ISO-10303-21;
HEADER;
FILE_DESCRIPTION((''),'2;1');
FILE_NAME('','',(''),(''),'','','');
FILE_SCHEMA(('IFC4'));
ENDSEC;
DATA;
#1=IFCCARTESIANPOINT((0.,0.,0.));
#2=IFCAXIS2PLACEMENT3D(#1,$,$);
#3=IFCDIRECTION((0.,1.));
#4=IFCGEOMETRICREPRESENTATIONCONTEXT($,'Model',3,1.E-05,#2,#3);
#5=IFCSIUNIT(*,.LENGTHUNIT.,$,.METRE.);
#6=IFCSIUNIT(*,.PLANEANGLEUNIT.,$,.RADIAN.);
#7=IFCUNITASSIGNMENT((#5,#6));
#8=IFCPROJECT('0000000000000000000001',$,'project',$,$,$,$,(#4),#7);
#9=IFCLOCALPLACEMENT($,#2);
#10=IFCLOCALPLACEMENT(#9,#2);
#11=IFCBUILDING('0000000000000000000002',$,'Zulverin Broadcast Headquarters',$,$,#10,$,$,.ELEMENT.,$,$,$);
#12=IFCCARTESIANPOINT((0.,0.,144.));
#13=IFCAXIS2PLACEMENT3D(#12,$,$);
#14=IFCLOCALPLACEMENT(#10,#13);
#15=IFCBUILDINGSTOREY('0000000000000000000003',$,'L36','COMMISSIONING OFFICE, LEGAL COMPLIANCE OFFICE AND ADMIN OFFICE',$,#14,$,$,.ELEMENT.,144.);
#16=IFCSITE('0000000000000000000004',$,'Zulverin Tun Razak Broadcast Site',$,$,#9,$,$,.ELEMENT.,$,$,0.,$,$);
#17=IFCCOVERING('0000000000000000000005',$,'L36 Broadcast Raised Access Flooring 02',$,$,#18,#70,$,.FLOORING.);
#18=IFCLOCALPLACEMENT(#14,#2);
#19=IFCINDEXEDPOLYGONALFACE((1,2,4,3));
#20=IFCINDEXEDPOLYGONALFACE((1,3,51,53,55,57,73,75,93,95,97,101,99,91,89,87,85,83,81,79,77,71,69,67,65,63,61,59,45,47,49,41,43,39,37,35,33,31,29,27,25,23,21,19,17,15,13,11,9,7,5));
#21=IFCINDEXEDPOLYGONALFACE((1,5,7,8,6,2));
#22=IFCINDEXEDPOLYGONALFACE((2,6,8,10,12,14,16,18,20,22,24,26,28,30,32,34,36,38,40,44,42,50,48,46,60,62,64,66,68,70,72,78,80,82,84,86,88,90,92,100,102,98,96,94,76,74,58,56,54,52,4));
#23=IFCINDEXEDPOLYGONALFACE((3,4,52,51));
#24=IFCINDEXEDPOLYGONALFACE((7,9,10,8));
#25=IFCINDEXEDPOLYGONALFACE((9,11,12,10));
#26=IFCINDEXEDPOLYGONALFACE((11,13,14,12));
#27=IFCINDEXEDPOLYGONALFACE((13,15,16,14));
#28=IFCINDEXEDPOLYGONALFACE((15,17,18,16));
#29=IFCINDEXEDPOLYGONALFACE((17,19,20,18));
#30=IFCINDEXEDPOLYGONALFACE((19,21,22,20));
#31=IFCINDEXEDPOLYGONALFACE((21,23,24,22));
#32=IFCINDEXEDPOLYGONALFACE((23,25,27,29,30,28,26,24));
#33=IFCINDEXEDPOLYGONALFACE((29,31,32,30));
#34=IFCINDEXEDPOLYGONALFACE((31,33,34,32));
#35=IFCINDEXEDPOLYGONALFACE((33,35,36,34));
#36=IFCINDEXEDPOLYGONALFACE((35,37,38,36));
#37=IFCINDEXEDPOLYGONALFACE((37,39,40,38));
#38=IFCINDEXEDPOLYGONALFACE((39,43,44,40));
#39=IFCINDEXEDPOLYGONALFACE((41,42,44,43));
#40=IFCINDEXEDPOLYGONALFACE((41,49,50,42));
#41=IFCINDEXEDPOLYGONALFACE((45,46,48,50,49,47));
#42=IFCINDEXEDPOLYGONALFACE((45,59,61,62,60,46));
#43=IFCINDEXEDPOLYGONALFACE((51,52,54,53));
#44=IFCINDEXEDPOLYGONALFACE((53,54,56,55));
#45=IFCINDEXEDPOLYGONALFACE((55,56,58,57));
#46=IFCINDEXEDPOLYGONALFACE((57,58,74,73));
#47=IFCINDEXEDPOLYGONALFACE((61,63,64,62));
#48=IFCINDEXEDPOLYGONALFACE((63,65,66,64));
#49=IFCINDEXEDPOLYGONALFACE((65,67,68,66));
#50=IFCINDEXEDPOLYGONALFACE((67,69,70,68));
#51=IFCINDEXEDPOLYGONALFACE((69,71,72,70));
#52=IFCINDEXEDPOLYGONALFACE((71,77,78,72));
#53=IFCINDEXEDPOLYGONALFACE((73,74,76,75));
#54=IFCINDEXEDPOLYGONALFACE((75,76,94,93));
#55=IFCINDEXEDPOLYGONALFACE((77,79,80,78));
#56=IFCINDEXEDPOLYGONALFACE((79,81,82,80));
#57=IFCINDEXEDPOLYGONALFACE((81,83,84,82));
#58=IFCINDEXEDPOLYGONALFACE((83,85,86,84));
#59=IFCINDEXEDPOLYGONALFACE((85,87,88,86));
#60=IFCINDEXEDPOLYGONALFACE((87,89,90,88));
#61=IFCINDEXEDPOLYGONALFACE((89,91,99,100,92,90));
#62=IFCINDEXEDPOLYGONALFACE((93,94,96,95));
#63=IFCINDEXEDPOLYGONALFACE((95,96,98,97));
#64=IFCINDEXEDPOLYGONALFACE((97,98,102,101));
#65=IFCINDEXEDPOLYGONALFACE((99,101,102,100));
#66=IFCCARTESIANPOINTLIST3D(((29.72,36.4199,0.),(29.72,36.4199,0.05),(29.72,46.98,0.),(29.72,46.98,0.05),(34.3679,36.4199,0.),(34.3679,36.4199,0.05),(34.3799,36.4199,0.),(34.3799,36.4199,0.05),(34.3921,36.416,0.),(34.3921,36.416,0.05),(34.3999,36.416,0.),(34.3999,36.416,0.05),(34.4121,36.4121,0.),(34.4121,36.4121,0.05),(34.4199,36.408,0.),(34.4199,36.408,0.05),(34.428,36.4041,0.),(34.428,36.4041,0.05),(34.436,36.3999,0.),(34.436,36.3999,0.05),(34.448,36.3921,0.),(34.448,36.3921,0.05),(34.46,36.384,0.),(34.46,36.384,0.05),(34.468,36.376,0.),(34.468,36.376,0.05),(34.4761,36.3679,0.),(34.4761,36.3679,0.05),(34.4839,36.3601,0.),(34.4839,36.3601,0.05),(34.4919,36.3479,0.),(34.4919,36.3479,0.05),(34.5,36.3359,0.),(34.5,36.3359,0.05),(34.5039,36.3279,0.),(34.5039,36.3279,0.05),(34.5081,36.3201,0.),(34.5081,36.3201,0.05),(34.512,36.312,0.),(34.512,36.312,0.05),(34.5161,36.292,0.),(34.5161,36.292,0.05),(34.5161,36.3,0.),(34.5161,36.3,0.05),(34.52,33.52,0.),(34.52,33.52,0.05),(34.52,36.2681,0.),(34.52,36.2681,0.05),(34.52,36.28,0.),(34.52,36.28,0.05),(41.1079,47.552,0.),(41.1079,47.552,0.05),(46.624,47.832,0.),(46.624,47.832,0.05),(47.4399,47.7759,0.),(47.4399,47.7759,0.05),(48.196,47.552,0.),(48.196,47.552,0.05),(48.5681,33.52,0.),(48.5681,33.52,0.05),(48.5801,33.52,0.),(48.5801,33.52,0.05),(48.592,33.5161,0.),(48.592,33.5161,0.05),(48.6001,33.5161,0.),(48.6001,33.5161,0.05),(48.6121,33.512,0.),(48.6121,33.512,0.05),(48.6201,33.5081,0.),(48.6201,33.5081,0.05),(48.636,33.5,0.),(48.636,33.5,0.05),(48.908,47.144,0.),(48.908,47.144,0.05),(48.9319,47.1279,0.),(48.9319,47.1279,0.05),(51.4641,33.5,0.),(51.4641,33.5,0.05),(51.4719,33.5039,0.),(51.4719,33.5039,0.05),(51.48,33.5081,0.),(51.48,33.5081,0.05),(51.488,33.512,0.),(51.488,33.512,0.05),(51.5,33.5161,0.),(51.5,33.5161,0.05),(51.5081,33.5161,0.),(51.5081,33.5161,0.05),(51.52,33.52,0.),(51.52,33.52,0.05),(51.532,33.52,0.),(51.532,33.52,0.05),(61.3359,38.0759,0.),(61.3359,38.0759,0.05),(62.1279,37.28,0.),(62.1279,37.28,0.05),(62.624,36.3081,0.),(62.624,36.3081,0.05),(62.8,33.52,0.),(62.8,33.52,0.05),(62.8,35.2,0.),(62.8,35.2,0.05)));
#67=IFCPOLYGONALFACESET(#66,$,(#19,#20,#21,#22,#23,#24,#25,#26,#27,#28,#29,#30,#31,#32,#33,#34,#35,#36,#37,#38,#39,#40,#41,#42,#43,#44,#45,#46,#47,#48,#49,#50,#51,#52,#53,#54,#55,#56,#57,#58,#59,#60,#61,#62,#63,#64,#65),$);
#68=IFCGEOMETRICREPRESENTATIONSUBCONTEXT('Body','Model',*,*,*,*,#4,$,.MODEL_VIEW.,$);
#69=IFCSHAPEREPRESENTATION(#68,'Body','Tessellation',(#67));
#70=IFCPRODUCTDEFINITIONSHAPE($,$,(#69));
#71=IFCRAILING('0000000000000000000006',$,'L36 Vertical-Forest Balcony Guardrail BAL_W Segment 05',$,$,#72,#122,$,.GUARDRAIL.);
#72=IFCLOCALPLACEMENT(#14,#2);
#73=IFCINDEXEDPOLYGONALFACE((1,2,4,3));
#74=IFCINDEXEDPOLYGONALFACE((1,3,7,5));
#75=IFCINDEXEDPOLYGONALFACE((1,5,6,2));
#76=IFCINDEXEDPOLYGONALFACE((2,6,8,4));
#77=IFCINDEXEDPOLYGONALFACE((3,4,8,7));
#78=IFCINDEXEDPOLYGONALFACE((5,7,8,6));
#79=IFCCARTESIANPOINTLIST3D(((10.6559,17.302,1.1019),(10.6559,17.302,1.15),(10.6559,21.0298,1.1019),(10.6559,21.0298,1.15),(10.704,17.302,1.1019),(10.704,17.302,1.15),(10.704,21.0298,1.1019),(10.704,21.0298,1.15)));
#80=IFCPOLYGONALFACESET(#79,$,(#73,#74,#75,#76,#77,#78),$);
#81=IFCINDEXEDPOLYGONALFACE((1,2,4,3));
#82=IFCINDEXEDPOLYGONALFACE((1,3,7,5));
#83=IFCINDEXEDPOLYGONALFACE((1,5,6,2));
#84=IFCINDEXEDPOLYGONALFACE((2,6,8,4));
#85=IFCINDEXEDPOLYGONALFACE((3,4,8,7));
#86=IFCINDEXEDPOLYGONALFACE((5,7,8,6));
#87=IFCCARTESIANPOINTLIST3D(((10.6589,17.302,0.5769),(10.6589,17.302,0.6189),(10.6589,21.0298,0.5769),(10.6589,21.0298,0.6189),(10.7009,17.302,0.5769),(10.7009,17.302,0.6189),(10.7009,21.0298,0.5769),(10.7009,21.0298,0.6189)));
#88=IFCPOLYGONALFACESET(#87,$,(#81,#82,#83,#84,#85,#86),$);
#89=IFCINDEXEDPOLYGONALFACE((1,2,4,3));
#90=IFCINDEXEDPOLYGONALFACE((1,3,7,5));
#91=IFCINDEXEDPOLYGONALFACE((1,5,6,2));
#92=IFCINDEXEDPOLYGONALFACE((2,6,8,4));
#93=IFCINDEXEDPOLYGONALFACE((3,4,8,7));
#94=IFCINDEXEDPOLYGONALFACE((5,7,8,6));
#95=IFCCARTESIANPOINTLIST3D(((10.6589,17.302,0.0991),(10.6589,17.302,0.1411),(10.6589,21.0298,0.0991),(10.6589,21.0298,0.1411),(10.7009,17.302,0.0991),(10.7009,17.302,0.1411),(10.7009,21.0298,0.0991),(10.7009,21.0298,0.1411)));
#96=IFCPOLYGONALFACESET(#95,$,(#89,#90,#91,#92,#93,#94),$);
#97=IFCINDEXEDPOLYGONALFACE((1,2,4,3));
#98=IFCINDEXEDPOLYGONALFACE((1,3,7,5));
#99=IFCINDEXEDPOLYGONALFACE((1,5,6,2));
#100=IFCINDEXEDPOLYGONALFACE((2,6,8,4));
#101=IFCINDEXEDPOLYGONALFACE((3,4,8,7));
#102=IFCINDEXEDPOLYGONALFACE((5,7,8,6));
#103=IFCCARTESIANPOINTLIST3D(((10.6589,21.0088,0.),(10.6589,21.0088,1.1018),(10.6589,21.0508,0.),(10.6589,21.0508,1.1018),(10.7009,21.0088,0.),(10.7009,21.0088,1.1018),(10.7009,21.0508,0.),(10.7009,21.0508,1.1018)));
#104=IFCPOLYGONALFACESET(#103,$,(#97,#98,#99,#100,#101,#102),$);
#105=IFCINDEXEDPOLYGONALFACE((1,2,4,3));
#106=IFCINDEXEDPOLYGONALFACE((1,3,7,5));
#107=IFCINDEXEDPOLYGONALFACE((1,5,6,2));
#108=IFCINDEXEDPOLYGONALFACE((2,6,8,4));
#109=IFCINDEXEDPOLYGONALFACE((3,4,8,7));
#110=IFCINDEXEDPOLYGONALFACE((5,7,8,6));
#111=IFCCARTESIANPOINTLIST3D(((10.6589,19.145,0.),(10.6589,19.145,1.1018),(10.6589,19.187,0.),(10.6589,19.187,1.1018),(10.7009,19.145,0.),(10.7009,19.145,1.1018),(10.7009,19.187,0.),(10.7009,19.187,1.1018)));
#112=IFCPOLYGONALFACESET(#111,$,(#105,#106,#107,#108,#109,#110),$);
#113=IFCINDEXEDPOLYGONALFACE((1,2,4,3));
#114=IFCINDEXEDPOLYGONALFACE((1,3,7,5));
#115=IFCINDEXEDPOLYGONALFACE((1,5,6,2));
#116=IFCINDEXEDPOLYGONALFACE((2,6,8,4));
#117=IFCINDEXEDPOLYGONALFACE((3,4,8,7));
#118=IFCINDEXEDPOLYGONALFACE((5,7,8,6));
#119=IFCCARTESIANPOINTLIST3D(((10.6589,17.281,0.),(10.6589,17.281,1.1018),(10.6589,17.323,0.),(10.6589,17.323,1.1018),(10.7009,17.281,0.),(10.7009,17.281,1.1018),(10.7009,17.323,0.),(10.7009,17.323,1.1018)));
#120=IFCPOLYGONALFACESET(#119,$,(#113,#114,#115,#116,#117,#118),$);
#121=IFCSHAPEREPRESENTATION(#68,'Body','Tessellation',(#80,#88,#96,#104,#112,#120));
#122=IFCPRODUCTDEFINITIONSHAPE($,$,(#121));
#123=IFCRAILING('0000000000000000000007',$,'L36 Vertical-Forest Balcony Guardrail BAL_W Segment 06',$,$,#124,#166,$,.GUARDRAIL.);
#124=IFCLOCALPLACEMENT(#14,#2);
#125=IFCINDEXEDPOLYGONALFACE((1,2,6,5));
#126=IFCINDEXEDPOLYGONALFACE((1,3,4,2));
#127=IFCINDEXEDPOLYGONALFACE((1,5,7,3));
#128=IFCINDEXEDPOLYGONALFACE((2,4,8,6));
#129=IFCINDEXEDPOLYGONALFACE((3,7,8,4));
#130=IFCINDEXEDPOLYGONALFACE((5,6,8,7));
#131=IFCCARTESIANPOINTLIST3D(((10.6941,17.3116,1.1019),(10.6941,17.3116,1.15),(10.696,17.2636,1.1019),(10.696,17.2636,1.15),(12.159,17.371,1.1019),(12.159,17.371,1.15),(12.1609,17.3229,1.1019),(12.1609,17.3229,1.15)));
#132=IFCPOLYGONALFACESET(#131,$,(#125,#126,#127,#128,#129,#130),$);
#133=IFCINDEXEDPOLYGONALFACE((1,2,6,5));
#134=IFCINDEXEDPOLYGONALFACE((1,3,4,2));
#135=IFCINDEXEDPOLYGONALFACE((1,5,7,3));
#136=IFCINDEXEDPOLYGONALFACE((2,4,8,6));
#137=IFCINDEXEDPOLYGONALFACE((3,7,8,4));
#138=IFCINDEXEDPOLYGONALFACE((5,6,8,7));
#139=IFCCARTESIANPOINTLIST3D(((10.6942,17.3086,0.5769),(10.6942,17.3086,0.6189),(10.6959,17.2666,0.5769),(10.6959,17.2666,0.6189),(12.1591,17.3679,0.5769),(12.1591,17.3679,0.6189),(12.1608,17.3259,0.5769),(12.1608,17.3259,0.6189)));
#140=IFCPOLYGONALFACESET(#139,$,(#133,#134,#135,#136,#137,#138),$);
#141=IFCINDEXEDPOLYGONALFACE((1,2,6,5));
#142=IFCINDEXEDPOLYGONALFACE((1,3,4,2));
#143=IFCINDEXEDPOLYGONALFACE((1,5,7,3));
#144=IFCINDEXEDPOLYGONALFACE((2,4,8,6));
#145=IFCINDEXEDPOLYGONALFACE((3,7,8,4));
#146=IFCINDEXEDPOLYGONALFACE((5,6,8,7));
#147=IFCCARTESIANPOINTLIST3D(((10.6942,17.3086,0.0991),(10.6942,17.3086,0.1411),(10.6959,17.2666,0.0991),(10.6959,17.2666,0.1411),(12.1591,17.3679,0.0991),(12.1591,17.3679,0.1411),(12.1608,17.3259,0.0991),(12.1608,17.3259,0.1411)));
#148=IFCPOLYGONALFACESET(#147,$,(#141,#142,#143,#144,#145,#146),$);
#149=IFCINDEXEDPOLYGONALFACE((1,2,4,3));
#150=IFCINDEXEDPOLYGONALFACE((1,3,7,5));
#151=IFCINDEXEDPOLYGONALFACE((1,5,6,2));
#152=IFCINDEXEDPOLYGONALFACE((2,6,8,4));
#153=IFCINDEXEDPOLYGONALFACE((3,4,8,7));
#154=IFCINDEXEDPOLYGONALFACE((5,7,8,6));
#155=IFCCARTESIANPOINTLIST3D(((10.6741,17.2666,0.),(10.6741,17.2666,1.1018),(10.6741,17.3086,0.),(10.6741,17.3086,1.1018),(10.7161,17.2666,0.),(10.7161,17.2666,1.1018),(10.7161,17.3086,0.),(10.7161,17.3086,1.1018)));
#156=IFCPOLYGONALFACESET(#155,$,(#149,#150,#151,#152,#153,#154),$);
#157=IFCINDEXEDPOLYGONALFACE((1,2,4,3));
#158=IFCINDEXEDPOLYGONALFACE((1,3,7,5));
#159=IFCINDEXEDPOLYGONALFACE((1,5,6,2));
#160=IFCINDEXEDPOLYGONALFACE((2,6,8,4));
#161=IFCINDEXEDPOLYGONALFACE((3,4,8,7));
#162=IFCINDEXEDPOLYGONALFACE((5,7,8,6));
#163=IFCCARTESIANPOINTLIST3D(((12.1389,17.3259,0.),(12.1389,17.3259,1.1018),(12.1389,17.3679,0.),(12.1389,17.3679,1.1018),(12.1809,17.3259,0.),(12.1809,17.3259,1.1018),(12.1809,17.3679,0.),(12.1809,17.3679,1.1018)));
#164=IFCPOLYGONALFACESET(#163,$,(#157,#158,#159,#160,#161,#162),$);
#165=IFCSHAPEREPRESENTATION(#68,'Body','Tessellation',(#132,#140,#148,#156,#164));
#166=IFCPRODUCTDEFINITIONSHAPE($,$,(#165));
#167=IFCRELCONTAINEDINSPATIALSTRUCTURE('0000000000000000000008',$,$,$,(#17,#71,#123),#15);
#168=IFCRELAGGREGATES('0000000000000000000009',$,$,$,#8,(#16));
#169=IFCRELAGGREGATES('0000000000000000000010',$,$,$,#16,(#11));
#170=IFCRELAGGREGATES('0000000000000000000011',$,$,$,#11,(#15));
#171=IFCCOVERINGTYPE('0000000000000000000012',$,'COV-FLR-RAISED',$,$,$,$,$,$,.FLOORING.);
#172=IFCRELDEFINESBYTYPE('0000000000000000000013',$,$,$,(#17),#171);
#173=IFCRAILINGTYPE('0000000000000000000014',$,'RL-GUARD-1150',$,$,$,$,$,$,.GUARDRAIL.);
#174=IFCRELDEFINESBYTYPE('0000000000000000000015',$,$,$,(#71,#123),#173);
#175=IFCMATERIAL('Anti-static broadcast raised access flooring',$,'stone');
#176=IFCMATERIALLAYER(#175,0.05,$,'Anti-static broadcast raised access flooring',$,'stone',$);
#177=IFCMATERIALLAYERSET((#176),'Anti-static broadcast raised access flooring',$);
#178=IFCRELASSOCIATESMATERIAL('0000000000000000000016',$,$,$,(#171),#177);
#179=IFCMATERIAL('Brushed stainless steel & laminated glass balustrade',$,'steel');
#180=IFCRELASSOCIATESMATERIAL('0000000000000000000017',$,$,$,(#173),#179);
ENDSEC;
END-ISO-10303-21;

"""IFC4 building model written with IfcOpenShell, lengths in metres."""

from ifc_helpers import new_model, si_unit, direction, frame, origin, origin_2d, place, context, subcontext, project, spatial, polyline, rectangle, outline, extrude, material, layer, layer_set, type_object, element, save


model = new_model("IFC4")

# Units and contexts
model_context = context("Model", 3, precision=1e-05, world=origin(), true_north=direction((0.0, 1.0)))
body_context = subcontext(model_context, "Body", "Model", "MODEL_VIEW")
ifc_project = project(units=[si_unit("LENGTHUNIT", "METRE"), si_unit("PLANEANGLEUNIT", "RADIAN")], contexts=[model_context])

# Site, building, storey
site_placement = place(None, origin())
site = spatial("IfcSite", under=ifc_project, at=site_placement, Name="Zulverin Tun Razak Broadcast Site", CompositionType="ELEMENT", RefElevation=0.0)
building_placement = place(site_placement, origin())
building = spatial("IfcBuilding", under=site, at=building_placement, Name="Zulverin Broadcast Headquarters", CompositionType="ELEMENT")
storey_placement = place(building_placement, frame((0.0, 0.0, 144.0)))
storey = spatial("IfcBuildingStorey", under=building, at=storey_placement, Name="L36", Description="COMMISSIONING OFFICE, LEGAL COMPLIANCE OFFICE AND ADMIN OFFICE", CompositionType="ELEMENT", Elevation=144.0)

# Covering
ifc_material_1 = material(Name="Anti-static broadcast raised access flooring", Category="stone")
ifc_layer_1 = layer(ifc_material_1, 0.05, Name="Anti-static broadcast raised access flooring", Category="stone")
ifc_layer_set_1 = layer_set([ifc_layer_1], Name="Anti-static broadcast raised access flooring")
covering_type_1 = type_object("IfcCoveringType", Name="COV-FLR-RAISED", PredefinedType="FLOORING", material=ifc_layer_set_1)
covering_1_placement = place(storey_placement, origin())
element("IfcCovering", 1, at=covering_1_placement, inside=storey, type_object=covering_type_1, Name="L36 Broadcast Raised Access Flooring 02", PredefinedType="FLOORING", context=body_context, shape_type="SweptSolid", body=[
    extrude(outline(polyline([(47.4399, 47.7759), (46.624, 47.832), (41.1079, 47.552), (29.72, 46.98), (29.72, 36.4199), (34.3679, 36.4199), (34.3799, 36.4199), (34.3921, 36.416), (34.3999, 36.416), (34.4121, 36.4121), (34.4199, 36.408), (34.428, 36.4041), (34.436, 36.3999), (34.448, 36.3921), (34.46, 36.384), (34.468, 36.376), (34.4761, 36.3679), (34.4839, 36.3601), (34.4919, 36.3479), (34.5, 36.3359), (34.5039, 36.3279), (34.5081, 36.3201), (34.512, 36.312), (34.5161, 36.3), (34.5161, 36.292), (34.52, 36.28), (34.52, 36.2681), (34.52, 33.52), (48.5681, 33.52), (48.5801, 33.52), (48.592, 33.5161), (48.6001, 33.5161), (48.6121, 33.512), (48.6201, 33.5081), (48.636, 33.5), (51.4641, 33.5), (51.4719, 33.5039), (51.48, 33.5081), (51.488, 33.512), (51.5, 33.5161), (51.5081, 33.5161), (51.52, 33.52), (51.532, 33.52), (62.8, 33.52), (62.8, 35.2), (62.624, 36.3081), (62.1279, 37.28), (61.3359, 38.0759), (48.9319, 47.1279), (48.908, 47.144), (48.196, 47.552), (47.4399, 47.7759)])), origin(), (0.0, 0.0, 1.0), 0.05),
])

# Railings
ifc_material_2 = material(Name="Brushed stainless steel & laminated glass balustrade", Category="steel")
railing_type = type_object("IfcRailingType", Name="RL-GUARD-1150", PredefinedType="GUARDRAIL", material=ifc_material_2)
railing_1_placement = place(storey_placement, frame((10.6799, 21.0298, 0.0)))
element("IfcRailing", 2, at=railing_1_placement, inside=storey, type_object=railing_type, Name="L36 Vertical-Forest Balcony Guardrail BAL_W Segment 05", PredefinedType="GUARDRAIL", context=body_context, shape_type="SweptSolid", body=[
    extrude(rectangle(XDim=0.0481, YDim=0.0481, at=origin_2d()), frame((0.0, 0.0, 1.126), z_axis=(0.0, -1.0, 0.0), x_axis=(1.0, 0.0, 0.0)), (0.0, 0.0, 1.0), 3.7278),
    extrude(rectangle(XDim=0.042, YDim=0.042, at=origin_2d()), frame((0.0, 0.0, 0.5979), z_axis=(0.0, -1.0, 0.0), x_axis=(1.0, 0.0, 0.0)), (0.0, 0.0, 1.0), 3.7278),
    extrude(rectangle(XDim=0.042, YDim=0.042, at=origin_2d()), frame((0.0, 0.0, 0.1201), z_axis=(0.0, -1.0, 0.0), x_axis=(1.0, 0.0, 0.0)), (0.0, 0.0, 1.0), 3.7278),
    extrude(rectangle(XDim=0.042, YDim=0.042, at=origin_2d()), origin(), (0.0, 0.0, 1.0), 1.1018),
    extrude(rectangle(XDim=0.042, YDim=0.042, at=origin_2d()), frame((0.0, -1.8638, 0.0)), (0.0, 0.0, 1.0), 1.1018),
    extrude(rectangle(XDim=0.042, YDim=0.042, at=origin_2d()), frame((0.0, -3.7278, 0.0)), (0.0, 0.0, 1.0), 1.1018),
])
railing_2_placement = place(storey_placement, frame((10.6951, 17.2876, 0.0)))
element("IfcRailing", 3, at=railing_2_placement, inside=storey, type_object=railing_type, Name="L36 Vertical-Forest Balcony Guardrail BAL_W Segment 06", PredefinedType="GUARDRAIL", context=body_context, shape_type="SweptSolid", body=[
    extrude(rectangle(XDim=0.0481, YDim=0.0481, at=origin_2d()), frame((0.0, 0.0, 1.126), z_axis=(0.999181, 0.040467, 0.0), x_axis=(-0.040467, 0.999181, 0.0)), (0.0, 0.0, 1.0), 1.4661),
    extrude(rectangle(XDim=0.042, YDim=0.042, at=origin_2d()), frame((0.0, 0.0, 0.5979), z_axis=(0.999181, 0.040467, 0.0), x_axis=(-0.040467, 0.999181, 0.0)), (0.0, 0.0, 1.0), 1.4661),
    extrude(rectangle(XDim=0.042, YDim=0.042, at=origin_2d()), frame((0.0, 0.0, 0.1201), z_axis=(0.999181, 0.040467, 0.0), x_axis=(-0.040467, 0.999181, 0.0)), (0.0, 0.0, 1.0), 1.4661),
    extrude(rectangle(XDim=0.042, YDim=0.042, at=origin_2d()), origin(), (0.0, 0.0, 1.0), 1.1018),
    extrude(rectangle(XDim=0.042, YDim=0.042, at=origin_2d()), frame((1.4648, 0.0593, 0.0)), (0.0, 0.0, 1.0), 1.1018),
])

save(model, "model.ifc")
